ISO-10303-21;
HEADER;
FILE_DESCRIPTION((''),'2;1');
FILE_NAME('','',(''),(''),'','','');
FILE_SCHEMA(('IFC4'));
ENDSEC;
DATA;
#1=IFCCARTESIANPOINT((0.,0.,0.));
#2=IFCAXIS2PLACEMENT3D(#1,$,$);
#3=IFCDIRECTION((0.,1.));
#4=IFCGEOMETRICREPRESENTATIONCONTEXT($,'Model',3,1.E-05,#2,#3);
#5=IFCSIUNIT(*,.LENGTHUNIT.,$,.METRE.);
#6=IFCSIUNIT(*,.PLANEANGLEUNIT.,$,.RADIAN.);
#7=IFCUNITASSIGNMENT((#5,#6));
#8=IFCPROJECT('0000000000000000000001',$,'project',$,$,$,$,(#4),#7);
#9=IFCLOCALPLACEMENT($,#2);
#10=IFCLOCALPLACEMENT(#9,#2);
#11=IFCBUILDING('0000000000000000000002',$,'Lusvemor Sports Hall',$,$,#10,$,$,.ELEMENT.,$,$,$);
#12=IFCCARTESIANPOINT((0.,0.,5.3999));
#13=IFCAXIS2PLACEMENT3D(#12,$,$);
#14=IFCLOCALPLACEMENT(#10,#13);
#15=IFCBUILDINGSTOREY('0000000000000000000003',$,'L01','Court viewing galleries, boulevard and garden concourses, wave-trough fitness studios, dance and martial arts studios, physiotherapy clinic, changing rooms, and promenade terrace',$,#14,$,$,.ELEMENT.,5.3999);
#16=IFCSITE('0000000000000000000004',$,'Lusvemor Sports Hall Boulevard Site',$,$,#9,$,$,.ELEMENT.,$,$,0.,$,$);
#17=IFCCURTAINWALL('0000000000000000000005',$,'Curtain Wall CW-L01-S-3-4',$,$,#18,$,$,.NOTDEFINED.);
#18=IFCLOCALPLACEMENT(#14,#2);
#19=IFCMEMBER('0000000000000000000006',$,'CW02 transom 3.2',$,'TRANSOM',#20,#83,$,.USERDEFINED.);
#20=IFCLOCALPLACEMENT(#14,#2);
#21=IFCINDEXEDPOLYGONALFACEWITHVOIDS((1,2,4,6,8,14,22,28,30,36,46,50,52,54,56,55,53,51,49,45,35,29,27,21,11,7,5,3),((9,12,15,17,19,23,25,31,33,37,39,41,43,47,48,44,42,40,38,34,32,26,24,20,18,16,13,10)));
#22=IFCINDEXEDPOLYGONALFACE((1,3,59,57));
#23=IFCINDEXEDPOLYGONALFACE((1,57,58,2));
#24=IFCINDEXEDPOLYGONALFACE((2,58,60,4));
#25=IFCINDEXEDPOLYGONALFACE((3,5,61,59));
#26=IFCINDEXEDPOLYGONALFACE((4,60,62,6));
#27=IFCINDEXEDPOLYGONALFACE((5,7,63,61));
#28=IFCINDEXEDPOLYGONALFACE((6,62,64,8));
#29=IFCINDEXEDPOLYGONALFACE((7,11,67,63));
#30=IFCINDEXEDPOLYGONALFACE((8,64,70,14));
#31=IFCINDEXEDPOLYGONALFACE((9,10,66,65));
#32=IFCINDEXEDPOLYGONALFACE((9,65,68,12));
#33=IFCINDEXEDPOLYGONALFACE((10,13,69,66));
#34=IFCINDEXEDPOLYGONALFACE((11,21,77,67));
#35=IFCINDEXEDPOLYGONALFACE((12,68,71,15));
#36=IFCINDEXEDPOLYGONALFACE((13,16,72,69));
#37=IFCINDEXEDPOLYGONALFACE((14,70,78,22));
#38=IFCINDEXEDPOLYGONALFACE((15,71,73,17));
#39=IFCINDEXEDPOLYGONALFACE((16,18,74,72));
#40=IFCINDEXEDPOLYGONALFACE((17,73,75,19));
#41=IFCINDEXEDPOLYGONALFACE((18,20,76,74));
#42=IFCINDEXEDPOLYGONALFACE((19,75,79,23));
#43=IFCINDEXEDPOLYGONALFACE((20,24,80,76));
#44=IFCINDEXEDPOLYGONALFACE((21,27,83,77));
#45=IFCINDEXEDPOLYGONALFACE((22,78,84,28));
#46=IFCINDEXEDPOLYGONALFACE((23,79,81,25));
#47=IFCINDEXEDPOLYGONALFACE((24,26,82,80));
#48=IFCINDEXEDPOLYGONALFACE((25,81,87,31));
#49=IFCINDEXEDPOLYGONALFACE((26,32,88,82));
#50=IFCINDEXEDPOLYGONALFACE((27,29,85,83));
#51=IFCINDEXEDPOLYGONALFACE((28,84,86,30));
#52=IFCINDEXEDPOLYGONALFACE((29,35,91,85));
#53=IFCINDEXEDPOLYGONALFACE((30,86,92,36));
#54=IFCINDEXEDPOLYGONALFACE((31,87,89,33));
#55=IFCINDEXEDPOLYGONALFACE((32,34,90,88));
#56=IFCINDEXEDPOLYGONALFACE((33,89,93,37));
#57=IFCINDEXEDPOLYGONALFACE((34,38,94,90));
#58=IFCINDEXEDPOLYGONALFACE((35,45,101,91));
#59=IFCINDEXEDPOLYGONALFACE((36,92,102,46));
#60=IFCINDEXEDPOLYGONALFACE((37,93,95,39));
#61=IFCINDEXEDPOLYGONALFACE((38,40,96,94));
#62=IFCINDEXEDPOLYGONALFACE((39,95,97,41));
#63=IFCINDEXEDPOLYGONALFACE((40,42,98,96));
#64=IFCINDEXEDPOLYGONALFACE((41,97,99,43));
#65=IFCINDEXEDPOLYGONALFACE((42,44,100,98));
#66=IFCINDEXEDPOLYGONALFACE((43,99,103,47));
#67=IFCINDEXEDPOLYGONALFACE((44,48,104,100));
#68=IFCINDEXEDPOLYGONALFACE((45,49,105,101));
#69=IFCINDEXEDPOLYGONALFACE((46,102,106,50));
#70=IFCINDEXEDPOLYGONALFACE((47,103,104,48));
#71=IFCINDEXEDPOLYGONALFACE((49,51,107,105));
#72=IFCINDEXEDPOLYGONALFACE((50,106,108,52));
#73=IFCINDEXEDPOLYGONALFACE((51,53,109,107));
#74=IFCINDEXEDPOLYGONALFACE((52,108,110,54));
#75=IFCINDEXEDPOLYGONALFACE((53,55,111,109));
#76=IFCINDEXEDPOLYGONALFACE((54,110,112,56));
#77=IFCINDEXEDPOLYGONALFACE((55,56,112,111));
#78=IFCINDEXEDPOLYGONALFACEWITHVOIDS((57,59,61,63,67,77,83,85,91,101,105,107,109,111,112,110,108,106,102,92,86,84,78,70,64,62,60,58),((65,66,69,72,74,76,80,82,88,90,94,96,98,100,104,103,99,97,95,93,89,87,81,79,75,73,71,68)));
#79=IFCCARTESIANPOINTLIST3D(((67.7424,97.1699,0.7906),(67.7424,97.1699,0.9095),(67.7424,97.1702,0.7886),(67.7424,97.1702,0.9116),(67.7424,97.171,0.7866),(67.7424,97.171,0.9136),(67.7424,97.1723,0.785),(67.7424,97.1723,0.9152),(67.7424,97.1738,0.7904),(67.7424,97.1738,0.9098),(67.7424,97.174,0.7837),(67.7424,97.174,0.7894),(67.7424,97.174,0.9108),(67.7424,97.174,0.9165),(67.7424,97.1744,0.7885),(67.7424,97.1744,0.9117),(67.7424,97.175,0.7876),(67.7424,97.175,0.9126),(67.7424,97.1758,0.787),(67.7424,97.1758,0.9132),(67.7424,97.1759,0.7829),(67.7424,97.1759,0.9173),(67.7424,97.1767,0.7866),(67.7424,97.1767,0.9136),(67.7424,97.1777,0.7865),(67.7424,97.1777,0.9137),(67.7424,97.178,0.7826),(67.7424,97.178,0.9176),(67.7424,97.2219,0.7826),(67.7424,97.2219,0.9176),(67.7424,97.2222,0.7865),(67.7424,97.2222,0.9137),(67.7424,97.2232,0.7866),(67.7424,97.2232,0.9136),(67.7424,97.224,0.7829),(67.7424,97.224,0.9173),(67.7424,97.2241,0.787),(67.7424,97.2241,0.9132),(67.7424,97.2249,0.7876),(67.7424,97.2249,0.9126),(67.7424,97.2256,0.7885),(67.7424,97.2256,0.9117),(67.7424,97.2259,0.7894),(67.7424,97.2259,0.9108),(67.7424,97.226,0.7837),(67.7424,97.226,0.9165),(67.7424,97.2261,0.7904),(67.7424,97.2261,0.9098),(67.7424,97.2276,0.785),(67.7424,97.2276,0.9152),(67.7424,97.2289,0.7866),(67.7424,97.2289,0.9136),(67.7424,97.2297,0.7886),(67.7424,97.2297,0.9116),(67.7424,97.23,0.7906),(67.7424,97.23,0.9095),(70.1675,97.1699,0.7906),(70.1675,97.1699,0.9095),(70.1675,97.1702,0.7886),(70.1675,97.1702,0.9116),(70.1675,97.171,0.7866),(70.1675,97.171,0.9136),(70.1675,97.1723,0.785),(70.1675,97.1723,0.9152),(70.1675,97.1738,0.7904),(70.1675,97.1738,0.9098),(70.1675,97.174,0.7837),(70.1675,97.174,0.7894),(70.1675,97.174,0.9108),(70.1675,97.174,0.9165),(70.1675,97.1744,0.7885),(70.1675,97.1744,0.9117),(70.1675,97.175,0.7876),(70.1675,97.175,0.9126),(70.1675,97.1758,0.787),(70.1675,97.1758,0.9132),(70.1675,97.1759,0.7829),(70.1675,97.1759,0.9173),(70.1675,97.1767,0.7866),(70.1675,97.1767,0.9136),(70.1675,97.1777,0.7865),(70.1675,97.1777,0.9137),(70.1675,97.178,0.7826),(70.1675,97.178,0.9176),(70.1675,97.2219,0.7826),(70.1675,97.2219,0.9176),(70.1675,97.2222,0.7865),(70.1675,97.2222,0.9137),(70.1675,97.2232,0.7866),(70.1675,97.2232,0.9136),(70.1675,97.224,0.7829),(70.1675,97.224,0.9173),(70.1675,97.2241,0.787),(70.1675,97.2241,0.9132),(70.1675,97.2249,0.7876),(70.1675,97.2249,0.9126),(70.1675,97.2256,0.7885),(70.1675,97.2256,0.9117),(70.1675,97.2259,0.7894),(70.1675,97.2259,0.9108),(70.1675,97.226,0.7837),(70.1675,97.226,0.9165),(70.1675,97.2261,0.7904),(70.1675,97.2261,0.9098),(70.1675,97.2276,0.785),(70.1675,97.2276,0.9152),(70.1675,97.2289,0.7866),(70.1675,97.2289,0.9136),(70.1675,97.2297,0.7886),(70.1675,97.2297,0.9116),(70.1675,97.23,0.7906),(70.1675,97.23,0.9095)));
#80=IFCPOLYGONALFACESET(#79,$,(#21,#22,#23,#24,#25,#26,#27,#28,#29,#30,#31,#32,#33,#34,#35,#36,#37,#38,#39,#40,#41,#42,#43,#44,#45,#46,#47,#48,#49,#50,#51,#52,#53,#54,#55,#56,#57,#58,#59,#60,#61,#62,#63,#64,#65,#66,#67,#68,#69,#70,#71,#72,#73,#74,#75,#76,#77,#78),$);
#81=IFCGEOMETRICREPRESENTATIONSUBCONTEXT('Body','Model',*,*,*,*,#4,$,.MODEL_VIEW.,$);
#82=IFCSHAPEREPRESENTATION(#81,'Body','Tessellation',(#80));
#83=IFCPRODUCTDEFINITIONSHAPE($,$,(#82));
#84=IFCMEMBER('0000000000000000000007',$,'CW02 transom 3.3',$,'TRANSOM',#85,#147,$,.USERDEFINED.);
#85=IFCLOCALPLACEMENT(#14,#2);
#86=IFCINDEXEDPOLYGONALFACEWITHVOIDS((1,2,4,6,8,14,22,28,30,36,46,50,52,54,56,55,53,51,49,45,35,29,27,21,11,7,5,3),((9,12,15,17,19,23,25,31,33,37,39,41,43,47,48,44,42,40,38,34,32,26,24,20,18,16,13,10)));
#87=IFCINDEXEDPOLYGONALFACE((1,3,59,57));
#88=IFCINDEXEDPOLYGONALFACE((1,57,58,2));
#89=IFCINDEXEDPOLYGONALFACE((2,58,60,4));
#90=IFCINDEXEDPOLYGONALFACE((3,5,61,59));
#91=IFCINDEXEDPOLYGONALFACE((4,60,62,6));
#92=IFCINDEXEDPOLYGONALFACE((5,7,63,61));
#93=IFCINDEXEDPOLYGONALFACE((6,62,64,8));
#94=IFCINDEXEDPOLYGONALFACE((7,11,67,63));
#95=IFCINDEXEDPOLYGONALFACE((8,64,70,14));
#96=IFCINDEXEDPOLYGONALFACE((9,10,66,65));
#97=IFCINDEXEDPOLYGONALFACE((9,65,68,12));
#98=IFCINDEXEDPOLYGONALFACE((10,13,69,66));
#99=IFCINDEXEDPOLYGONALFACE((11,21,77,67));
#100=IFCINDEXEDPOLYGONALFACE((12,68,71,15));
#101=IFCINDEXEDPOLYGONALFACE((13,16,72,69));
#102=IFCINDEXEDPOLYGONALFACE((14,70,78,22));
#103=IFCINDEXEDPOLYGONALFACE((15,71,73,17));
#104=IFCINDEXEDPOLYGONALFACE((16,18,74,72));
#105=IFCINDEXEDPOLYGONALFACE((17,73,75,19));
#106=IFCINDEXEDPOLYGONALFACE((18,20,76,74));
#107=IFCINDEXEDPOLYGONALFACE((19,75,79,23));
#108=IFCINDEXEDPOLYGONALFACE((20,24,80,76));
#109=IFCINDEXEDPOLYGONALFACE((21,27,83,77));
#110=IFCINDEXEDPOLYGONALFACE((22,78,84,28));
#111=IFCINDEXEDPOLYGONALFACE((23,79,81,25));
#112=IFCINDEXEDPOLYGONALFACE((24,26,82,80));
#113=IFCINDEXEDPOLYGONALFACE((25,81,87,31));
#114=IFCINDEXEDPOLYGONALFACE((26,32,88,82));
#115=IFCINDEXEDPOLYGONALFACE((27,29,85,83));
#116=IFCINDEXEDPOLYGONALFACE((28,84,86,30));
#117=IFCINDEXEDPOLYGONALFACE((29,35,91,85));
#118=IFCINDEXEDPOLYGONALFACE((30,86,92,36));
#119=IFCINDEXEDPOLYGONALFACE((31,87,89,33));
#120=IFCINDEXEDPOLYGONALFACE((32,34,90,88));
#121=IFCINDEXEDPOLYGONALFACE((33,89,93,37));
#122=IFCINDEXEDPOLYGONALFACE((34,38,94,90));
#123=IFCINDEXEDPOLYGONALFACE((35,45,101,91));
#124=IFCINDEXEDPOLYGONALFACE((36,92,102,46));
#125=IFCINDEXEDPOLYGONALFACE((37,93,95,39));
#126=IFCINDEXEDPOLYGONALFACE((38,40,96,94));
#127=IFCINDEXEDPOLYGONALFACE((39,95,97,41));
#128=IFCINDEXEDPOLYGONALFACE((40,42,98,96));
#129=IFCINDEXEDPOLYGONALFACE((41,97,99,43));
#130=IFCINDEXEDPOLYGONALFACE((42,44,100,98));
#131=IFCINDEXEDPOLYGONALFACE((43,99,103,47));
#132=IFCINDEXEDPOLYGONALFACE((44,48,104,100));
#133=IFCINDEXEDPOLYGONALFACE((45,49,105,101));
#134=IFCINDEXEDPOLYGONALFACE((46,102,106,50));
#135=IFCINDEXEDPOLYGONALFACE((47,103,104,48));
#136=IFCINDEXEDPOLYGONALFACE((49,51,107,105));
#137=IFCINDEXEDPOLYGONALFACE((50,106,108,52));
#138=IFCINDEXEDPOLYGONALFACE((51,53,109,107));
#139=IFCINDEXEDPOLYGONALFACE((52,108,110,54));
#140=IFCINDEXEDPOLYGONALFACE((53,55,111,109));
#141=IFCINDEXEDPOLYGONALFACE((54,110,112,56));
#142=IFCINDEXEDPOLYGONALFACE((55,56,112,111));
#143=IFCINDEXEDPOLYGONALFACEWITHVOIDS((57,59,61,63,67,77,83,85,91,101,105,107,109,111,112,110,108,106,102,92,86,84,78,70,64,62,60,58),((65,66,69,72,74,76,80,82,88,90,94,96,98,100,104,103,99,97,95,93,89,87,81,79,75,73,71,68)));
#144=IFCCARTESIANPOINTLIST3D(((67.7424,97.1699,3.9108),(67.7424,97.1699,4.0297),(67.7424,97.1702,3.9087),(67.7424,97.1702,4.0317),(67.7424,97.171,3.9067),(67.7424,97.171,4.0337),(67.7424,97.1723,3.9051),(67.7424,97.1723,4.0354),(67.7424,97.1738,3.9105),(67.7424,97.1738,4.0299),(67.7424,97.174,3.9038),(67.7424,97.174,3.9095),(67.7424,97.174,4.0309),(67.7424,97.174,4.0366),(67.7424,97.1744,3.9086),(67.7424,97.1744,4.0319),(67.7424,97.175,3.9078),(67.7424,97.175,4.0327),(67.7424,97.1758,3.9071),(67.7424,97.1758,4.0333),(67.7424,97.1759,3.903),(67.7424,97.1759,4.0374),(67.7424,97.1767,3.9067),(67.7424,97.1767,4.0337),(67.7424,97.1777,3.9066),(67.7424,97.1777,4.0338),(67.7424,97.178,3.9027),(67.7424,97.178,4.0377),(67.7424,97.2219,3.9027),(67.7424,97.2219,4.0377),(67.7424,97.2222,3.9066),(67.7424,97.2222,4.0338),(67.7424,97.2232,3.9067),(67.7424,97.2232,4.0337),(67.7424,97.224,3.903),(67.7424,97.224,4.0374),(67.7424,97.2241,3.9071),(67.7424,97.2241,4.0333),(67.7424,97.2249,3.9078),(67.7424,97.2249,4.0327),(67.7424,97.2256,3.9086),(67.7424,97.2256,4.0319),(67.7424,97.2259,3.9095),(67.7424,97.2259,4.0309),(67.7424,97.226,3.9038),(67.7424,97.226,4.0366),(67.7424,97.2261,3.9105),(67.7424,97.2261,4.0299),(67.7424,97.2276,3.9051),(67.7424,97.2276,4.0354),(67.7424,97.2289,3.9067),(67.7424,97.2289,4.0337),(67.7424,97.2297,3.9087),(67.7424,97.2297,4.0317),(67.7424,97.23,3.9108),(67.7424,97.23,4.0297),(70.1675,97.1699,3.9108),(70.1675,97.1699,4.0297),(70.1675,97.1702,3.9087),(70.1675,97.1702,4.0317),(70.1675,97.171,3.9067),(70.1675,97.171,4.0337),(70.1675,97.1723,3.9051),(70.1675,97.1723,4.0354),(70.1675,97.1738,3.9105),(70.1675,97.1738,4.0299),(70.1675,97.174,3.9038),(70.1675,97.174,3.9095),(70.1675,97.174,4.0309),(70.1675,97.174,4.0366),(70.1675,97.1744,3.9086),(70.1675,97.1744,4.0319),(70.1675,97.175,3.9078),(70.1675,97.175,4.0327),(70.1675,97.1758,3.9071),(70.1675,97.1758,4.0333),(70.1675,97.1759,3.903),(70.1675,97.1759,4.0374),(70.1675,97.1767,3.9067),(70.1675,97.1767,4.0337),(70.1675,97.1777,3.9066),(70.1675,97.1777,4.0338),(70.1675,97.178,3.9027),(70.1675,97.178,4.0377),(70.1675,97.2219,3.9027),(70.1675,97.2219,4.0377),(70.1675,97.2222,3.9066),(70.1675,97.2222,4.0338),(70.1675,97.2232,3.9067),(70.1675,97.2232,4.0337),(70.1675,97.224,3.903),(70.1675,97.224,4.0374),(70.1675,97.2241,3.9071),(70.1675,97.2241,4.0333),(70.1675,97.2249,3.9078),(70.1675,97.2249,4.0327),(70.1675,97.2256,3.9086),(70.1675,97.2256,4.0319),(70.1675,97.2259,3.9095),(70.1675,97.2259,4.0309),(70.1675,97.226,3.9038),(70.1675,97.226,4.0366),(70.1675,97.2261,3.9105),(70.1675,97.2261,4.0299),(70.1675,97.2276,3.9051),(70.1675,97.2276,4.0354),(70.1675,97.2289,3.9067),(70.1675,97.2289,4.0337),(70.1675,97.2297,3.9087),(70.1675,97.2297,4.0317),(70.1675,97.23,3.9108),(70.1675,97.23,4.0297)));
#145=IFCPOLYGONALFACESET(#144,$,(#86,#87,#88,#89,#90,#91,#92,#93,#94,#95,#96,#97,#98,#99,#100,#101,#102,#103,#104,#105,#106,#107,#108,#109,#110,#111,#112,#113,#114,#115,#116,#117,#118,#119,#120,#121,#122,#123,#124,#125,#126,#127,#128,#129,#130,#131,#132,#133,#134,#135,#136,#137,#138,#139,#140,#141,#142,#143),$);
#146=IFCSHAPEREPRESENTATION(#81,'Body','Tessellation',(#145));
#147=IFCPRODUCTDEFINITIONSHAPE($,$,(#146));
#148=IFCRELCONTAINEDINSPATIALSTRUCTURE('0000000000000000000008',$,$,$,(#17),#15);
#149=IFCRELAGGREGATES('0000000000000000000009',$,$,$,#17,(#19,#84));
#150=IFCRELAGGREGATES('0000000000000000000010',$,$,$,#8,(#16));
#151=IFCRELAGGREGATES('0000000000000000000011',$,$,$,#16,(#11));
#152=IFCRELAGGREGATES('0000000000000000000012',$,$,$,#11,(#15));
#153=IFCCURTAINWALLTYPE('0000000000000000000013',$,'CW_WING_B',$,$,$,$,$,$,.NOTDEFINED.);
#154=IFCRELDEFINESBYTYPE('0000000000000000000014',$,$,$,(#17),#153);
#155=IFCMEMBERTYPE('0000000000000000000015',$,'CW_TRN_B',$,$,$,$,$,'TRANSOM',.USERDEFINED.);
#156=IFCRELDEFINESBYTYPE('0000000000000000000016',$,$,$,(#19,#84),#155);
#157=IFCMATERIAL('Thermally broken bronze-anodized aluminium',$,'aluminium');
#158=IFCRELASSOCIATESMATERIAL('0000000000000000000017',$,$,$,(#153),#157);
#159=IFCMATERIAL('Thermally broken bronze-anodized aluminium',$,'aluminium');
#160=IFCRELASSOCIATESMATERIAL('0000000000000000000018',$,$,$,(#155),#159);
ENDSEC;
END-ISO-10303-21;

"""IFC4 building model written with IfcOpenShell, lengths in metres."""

from ifc_helpers import new_model, si_unit, direction, frame, origin, origin_2d, place, context, subcontext, project, spatial, hollow_rectangle, extrude, material, material_profile, profile_set, type_object, element, aggregate, save


model = new_model("IFC4")

# Units and contexts
model_context = context("Model", 3, precision=1e-05, world=origin(), true_north=direction((0.0, 1.0)))
body_context = subcontext(model_context, "Body", "Model", "MODEL_VIEW")
ifc_project = project(units=[si_unit("LENGTHUNIT", "METRE"), si_unit("PLANEANGLEUNIT", "RADIAN")], contexts=[model_context])

# Site, building, storey
site_placement = place(None, origin())
site = spatial("IfcSite", under=ifc_project, at=site_placement, Name="Lusvemor Sports Hall Boulevard Site", CompositionType="ELEMENT", RefElevation=0.0)
building_placement = place(site_placement, origin())
building = spatial("IfcBuilding", under=site, at=building_placement, Name="Lusvemor Sports Hall", CompositionType="ELEMENT")
storey_placement = place(building_placement, frame((0.0, 0.0, 5.3999)))
storey = spatial("IfcBuildingStorey", under=building, at=storey_placement, Name="L01", Description="Court viewing galleries, boulevard and garden concourses, wave-trough fitness studios, dance and martial arts studios, physiotherapy clinic, changing rooms, and promenade terrace", CompositionType="ELEMENT", Elevation=5.3999)

# Shared definitions
ifc_material_1 = material(Name="Thermally broken bronze-anodized aluminium", Category="aluminium")
curtain_wall_type = type_object("IfcCurtainWallType", Name="CW_WING_B", PredefinedType="NOTDEFINED", material=ifc_material_1)

# Curtain wall
curtain_wall_1_placement = place(storey_placement, origin())
curtain_wall_1 = element("IfcCurtainWall", 1, at=curtain_wall_1_placement, inside=storey, type_object=curtain_wall_type, Name="Curtain Wall CW-L01-S-3-4", PredefinedType="NOTDEFINED")

# Members
ifc_material_2 = material(Name="Thermally broken bronze-anodized aluminium", Category="aluminium")
ifc_material_profile_1 = material_profile(ifc_material_2, hollow_rectangle(XDim=0.0601, YDim=0.135, WallThickness=0.0039, InnerFilletRadius=0.0039, OuterFilletRadius=0.0081, at=origin_2d()), Name="CWTRN135x60x4")
ifc_profile_set_1 = profile_set([ifc_material_profile_1], Name="Thermally broken bronze-anodized aluminium")
member_type_1 = type_object("IfcMemberType", Name="CW_TRN_B", ElementType="TRANSOM", PredefinedType="USERDEFINED", material=ifc_profile_set_1)
member_1_placement = place(storey_placement, frame((70.1675, 97.2, 0.8501), z_axis=(-1.0, 0.0, 0.0), x_axis=(0.0, -1.0, 0.0)))
member_1 = element("IfcMember", 2, at=member_1_placement, type_object=member_type_1, Name="CW02 transom 3.2", ObjectType="TRANSOM", PredefinedType="USERDEFINED", context=body_context, shape_type="SweptSolid", body=[
    extrude(hollow_rectangle(XDim=0.0601, YDim=0.135, WallThickness=0.0039, InnerFilletRadius=0.0039, OuterFilletRadius=0.0081, at=origin_2d()), origin(), (0.0, 0.0, 1.0), 2.425),
])
member_2_placement = place(storey_placement, frame((70.1675, 97.2, 3.9702), z_axis=(-1.0, 0.0, 0.0), x_axis=(0.0, -1.0, 0.0)))
member_2 = element("IfcMember", 3, at=member_2_placement, type_object=member_type_1, Name="CW02 transom 3.3", ObjectType="TRANSOM", PredefinedType="USERDEFINED", context=body_context, shape_type="SweptSolid", body=[
    extrude(hollow_rectangle(XDim=0.0601, YDim=0.135, WallThickness=0.0039, InnerFilletRadius=0.0039, OuterFilletRadius=0.0081, at=origin_2d()), origin(), (0.0, 0.0, 1.0), 2.425),
])

aggregate(curtain_wall_1, [member_1, member_2])

save(model, "model.ifc")
